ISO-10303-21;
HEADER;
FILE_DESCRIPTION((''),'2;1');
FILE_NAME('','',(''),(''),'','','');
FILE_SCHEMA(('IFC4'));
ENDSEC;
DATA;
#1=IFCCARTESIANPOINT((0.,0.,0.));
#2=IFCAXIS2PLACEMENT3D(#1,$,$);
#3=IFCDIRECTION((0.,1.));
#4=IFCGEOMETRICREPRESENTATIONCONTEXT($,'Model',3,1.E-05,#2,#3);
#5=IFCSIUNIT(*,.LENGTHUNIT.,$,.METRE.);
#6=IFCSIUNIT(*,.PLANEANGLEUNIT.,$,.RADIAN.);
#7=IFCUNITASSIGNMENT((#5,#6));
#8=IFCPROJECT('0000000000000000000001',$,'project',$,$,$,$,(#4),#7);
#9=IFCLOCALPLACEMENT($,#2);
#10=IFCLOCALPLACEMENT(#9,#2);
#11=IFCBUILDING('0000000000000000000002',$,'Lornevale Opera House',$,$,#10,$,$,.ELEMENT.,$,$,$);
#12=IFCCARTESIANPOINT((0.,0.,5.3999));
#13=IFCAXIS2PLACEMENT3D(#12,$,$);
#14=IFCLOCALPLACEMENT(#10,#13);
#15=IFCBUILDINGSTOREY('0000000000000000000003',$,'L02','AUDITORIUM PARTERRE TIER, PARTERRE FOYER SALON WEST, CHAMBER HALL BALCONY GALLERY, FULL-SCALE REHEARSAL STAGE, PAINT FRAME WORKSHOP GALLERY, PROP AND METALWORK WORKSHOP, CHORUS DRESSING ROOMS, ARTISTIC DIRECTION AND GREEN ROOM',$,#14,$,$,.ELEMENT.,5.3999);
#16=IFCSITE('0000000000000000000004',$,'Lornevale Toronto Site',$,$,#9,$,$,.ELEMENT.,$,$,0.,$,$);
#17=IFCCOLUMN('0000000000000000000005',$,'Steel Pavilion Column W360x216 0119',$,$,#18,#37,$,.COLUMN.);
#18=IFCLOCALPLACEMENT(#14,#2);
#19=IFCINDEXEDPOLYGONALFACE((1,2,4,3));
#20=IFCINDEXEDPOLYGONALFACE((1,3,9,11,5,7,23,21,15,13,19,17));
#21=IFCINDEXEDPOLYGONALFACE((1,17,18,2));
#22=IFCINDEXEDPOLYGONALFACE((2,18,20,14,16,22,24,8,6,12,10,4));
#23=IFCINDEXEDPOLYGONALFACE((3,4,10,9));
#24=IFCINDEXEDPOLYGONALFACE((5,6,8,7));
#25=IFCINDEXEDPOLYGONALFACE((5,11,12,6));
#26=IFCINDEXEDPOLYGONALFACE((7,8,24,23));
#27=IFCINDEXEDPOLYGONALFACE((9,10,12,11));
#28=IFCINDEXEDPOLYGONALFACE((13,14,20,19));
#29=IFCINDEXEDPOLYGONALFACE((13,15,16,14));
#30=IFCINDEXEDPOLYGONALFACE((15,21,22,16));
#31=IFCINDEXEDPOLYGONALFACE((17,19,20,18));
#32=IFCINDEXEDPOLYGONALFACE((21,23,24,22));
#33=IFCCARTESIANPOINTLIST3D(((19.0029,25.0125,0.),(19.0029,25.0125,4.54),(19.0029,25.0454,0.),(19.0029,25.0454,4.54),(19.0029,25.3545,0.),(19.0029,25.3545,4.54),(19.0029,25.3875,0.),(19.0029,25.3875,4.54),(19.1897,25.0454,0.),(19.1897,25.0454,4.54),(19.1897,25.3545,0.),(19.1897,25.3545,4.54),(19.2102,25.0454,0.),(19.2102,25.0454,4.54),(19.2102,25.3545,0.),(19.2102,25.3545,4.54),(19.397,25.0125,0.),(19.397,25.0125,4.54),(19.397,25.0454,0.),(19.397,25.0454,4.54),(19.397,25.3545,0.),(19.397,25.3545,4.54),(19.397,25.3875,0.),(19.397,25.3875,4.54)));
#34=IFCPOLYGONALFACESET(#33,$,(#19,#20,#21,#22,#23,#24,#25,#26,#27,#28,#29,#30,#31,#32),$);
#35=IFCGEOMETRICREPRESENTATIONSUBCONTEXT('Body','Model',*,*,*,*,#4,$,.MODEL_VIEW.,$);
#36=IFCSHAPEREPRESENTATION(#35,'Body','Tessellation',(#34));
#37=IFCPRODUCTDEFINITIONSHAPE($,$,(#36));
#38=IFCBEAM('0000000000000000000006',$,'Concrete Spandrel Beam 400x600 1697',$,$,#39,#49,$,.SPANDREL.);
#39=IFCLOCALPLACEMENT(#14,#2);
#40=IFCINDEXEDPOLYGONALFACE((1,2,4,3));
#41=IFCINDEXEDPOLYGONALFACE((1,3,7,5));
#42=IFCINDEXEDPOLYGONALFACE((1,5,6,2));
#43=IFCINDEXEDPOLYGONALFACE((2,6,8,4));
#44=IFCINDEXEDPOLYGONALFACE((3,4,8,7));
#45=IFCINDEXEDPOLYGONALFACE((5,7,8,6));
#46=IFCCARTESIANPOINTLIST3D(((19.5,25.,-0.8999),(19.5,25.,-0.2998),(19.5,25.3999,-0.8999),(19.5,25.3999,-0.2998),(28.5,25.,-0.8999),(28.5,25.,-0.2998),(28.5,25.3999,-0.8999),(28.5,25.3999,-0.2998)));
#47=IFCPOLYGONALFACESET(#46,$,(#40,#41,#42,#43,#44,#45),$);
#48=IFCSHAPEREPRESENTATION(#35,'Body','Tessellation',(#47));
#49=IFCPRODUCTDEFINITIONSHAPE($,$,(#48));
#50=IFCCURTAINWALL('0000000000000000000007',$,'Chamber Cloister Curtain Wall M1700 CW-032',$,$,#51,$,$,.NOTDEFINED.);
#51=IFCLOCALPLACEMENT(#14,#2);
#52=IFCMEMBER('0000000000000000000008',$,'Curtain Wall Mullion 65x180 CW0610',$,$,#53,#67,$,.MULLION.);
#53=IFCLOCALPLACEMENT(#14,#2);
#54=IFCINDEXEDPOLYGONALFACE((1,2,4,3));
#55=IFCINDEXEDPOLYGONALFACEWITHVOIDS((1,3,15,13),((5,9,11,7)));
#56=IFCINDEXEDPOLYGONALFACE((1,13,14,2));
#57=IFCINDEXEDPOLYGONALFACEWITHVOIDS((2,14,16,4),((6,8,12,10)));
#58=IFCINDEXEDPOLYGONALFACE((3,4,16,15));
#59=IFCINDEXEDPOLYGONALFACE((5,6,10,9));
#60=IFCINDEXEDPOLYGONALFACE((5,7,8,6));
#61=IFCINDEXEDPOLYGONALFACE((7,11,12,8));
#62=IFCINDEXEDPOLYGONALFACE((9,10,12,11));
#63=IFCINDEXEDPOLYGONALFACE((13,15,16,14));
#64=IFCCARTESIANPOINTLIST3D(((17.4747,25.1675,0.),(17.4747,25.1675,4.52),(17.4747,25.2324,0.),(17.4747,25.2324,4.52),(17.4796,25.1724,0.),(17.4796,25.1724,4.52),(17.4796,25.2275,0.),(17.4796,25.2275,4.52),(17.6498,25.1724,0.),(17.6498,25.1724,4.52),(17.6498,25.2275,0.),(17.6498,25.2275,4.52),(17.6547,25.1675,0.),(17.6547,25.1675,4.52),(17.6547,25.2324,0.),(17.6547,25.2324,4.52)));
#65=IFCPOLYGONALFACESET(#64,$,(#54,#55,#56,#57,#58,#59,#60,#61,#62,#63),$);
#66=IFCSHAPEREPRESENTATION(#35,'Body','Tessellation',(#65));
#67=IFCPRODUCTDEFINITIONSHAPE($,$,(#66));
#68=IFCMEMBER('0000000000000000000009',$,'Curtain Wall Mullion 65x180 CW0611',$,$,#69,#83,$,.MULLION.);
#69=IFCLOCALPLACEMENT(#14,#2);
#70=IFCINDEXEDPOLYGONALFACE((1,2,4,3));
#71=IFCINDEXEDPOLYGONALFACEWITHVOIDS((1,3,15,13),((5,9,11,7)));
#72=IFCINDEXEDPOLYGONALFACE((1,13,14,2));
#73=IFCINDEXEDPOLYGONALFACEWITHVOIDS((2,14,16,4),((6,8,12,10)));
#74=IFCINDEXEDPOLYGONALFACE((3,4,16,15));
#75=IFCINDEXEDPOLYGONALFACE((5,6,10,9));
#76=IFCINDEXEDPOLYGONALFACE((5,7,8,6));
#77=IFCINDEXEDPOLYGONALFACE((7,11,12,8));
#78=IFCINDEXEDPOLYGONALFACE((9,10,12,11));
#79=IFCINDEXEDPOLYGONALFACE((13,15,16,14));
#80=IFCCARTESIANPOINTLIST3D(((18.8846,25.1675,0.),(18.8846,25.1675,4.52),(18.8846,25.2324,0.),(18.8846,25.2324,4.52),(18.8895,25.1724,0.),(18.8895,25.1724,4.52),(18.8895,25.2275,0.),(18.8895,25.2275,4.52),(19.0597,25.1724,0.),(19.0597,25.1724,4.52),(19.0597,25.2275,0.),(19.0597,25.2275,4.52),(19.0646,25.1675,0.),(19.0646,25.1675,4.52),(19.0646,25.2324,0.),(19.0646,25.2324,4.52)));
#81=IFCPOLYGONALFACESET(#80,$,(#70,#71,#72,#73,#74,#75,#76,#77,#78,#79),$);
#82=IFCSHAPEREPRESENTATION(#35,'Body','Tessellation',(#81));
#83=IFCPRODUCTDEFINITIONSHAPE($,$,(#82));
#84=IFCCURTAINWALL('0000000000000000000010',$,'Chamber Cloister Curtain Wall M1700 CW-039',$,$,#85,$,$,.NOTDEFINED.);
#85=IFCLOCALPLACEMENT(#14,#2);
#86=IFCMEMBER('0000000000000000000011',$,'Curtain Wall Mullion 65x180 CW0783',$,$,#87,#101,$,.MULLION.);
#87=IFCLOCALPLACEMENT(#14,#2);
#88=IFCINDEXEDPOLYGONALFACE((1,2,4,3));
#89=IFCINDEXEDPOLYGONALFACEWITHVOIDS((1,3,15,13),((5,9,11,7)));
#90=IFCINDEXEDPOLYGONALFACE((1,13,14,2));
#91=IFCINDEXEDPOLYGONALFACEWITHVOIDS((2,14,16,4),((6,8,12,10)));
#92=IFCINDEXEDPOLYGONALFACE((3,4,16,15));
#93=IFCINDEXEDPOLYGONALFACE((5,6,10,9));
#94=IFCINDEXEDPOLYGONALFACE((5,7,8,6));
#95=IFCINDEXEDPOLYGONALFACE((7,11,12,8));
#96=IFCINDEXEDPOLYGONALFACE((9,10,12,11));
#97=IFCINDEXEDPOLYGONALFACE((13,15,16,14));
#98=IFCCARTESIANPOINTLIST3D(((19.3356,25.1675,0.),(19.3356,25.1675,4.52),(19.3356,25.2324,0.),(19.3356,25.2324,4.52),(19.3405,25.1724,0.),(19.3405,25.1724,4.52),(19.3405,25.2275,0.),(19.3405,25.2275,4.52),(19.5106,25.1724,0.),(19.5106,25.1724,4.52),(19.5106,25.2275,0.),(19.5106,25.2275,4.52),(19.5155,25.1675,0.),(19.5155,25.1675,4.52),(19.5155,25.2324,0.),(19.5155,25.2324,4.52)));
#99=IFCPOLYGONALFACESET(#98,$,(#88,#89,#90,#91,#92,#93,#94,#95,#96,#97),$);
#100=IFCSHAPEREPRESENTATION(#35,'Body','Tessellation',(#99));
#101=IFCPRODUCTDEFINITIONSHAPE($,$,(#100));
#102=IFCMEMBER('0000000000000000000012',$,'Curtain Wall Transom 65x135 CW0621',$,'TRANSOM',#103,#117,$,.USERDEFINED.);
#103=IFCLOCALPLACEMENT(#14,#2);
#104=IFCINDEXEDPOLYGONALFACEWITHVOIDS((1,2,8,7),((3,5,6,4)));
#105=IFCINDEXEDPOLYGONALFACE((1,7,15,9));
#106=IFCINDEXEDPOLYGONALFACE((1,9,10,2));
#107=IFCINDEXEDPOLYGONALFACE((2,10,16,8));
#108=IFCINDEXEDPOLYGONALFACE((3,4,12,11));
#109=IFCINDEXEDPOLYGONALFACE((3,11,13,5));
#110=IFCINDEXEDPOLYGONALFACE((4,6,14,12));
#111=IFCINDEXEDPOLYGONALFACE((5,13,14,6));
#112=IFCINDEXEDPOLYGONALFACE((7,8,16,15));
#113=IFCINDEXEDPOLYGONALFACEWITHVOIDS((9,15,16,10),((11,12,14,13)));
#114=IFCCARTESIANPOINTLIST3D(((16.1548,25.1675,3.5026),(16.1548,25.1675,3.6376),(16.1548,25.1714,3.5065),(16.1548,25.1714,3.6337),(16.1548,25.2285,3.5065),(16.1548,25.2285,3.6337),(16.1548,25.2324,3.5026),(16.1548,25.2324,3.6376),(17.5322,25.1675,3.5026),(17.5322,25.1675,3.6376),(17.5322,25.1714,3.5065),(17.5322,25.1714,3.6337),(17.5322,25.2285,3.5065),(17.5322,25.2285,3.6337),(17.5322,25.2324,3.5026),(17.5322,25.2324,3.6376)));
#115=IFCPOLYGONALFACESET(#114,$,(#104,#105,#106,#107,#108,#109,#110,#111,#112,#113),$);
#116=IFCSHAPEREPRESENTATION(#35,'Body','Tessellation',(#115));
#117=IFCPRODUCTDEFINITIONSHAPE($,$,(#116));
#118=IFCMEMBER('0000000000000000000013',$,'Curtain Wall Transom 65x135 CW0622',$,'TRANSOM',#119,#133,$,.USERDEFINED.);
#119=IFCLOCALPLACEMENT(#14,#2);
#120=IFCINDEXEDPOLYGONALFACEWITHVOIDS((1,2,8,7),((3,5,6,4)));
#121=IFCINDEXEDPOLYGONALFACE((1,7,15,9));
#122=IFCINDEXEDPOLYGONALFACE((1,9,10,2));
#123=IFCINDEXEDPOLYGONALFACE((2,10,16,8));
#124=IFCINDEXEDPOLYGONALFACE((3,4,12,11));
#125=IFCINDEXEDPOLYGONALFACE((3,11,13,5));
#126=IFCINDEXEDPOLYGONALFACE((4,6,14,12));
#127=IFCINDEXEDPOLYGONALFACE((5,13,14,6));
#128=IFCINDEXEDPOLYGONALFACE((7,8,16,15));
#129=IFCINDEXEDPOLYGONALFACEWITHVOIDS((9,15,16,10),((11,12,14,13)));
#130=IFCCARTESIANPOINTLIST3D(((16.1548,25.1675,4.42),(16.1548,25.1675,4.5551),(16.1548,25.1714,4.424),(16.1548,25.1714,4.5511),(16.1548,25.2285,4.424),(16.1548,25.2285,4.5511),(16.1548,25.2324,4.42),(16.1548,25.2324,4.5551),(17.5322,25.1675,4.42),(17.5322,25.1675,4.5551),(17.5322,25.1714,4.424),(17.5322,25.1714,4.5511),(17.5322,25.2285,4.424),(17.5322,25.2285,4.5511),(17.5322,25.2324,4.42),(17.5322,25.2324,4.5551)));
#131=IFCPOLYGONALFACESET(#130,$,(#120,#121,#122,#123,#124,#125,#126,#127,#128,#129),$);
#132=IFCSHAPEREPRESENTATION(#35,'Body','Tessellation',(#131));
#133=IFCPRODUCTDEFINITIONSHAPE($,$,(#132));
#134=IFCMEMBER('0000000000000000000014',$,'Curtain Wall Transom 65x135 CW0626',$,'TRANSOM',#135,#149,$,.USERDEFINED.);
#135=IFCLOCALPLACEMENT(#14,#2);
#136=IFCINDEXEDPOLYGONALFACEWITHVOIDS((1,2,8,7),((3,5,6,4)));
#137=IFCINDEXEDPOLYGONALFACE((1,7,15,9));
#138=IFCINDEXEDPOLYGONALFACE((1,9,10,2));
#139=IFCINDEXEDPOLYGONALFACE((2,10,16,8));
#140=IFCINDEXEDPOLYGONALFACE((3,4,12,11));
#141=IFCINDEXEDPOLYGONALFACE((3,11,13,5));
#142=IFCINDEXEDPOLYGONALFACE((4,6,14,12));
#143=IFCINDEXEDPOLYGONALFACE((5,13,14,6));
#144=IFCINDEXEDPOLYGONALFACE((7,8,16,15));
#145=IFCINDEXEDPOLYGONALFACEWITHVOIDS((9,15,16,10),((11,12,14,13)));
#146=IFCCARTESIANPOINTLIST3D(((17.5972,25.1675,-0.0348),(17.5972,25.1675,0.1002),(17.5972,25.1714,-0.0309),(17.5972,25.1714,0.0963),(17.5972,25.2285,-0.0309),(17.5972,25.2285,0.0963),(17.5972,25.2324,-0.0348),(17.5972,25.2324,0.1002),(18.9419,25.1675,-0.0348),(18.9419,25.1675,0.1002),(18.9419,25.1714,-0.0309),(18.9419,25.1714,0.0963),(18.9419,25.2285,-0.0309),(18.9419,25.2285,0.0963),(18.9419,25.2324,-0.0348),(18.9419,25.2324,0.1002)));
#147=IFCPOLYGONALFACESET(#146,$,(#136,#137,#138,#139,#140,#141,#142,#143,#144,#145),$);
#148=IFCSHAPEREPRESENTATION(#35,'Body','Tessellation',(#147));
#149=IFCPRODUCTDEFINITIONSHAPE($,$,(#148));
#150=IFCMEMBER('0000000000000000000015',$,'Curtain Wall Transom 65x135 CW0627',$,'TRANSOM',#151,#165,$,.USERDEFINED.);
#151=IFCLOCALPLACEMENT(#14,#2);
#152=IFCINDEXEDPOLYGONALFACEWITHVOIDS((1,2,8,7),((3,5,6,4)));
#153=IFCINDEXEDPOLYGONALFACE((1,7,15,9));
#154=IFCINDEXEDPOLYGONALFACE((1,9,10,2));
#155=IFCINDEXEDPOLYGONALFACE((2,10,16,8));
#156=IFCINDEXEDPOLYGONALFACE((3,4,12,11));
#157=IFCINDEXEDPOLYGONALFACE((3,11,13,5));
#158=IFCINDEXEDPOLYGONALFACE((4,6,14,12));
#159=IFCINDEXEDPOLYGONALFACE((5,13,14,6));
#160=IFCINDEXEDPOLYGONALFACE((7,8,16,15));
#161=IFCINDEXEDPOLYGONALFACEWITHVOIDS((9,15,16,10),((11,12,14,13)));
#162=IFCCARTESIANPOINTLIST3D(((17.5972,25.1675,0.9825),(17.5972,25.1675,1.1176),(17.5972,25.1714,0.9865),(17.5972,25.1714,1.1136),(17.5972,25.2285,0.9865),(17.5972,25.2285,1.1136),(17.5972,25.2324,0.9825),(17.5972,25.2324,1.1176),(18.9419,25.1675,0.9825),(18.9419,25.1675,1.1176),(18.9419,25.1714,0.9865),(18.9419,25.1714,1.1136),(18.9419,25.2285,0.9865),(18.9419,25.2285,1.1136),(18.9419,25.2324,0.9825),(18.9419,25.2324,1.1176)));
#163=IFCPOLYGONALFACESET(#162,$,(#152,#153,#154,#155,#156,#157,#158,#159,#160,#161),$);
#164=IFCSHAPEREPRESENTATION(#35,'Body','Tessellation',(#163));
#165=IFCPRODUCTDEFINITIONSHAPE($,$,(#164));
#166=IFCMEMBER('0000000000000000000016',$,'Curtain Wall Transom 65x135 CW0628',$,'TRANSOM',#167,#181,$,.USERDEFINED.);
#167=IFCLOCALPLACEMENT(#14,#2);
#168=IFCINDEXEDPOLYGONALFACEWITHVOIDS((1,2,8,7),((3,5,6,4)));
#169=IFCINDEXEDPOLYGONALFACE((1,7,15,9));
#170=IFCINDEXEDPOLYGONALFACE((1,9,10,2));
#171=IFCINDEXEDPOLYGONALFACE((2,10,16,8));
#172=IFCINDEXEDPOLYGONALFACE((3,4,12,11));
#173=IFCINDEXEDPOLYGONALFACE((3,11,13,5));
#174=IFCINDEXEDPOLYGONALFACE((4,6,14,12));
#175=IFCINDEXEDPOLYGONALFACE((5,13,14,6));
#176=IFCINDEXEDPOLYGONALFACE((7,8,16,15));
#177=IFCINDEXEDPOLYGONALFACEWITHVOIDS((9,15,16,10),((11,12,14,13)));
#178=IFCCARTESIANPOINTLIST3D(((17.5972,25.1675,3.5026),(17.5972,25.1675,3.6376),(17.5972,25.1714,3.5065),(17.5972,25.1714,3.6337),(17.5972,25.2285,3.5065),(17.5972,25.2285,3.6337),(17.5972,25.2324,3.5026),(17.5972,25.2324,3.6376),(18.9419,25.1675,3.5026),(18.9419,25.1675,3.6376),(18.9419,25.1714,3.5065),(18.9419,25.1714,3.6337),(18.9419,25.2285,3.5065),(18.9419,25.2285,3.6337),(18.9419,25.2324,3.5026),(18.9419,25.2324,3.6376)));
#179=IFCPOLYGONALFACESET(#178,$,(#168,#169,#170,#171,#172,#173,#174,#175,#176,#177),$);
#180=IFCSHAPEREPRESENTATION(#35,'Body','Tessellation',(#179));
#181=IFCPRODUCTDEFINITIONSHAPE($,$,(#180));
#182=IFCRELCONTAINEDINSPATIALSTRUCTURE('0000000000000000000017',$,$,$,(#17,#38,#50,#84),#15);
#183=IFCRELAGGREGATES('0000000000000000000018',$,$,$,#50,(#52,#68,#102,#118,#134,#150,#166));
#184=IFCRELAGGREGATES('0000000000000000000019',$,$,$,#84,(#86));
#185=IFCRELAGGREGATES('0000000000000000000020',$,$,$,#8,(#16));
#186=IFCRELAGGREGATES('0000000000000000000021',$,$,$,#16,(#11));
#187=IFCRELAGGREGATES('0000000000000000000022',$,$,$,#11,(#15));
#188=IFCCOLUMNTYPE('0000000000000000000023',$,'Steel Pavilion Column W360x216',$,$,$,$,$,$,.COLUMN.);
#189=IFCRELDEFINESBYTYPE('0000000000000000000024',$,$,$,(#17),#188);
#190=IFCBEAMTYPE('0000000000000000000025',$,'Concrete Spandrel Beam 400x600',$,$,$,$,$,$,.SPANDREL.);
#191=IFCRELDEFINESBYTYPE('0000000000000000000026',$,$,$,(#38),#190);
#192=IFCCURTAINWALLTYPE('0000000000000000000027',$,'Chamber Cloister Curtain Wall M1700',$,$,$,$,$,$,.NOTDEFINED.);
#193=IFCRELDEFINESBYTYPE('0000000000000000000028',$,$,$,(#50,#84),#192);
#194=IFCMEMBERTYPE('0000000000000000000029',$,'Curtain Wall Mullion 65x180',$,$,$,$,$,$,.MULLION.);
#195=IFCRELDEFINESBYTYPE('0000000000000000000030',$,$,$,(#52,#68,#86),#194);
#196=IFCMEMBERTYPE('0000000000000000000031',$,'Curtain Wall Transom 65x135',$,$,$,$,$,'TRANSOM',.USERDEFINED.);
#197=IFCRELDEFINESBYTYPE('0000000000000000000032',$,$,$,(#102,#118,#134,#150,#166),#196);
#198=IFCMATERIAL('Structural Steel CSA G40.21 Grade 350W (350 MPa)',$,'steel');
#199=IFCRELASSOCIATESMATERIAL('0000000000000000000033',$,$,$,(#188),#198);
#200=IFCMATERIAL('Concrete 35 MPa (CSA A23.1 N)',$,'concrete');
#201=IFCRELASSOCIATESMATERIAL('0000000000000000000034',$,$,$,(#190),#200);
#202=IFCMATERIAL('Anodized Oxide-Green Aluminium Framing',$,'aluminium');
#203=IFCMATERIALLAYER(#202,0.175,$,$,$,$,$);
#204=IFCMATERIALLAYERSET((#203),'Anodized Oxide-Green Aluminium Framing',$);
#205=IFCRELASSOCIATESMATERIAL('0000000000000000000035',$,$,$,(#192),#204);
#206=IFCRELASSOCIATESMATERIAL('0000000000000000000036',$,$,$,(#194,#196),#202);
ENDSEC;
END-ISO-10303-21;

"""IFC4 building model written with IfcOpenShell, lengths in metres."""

from ifc_helpers import new_model, si_unit, direction, frame, origin, origin_2d, place, context, subcontext, project, spatial, rectangle, hollow_rectangle, i_section, extrude, material, layer, layer_set, material_profile, profile_set, type_object, element, aggregate, save


model = new_model("IFC4")

# Units and contexts
model_context = context("Model", 3, precision=1e-05, world=origin(), true_north=direction((0.0, 1.0)))
body_context = subcontext(model_context, "Body", "Model", "MODEL_VIEW")
ifc_project = project(units=[si_unit("LENGTHUNIT", "METRE"), si_unit("PLANEANGLEUNIT", "RADIAN")], contexts=[model_context])

# Site, building, storey
site_placement = place(None, origin())
site = spatial("IfcSite", under=ifc_project, at=site_placement, Name="Lornevale Toronto Site", CompositionType="ELEMENT", RefElevation=0.0)
building_placement = place(site_placement, origin())
building = spatial("IfcBuilding", under=site, at=building_placement, Name="Lornevale Opera House", CompositionType="ELEMENT")
storey_placement = place(building_placement, frame((0.0, 0.0, 5.3999)))
storey = spatial("IfcBuildingStorey", under=building, at=storey_placement, Name="L02", Description="AUDITORIUM PARTERRE TIER, PARTERRE FOYER SALON WEST, CHAMBER HALL BALCONY GALLERY, FULL-SCALE REHEARSAL STAGE, PAINT FRAME WORKSHOP GALLERY, PROP AND METALWORK WORKSHOP, CHORUS DRESSING ROOMS, ARTISTIC DIRECTION AND GREEN ROOM", CompositionType="ELEMENT", Elevation=5.3999)

# Column
ifc_material_1 = material(Name="Structural Steel CSA G40.21 Grade 350W (350 MPa)", Category="steel")
ifc_material_profile_1 = material_profile(ifc_material_1, i_section(OverallWidth=0.394, OverallDepth=0.375, WebThickness=0.0205, FlangeThickness=0.033, at=origin_2d()), Name="W360x216")
ifc_profile_set_1 = profile_set([ifc_material_profile_1], Name="Structural Steel CSA G40.21 Grade 350W (350 MPa)")
column_type = type_object("IfcColumnType", Name="Steel Pavilion Column W360x216", PredefinedType="COLUMN", material=ifc_profile_set_1)
column_placement = place(storey_placement, frame((19.2, 25.2, 0.0), z_axis=(0.0, 0.0, 1.0), x_axis=(1.0, 0.0, 0.0)))
element("IfcColumn", 1, at=column_placement, inside=storey, type_object=column_type, Name="Steel Pavilion Column W360x216 0119", PredefinedType="COLUMN", context=body_context, shape_type="SweptSolid", body=[
    extrude(i_section(OverallWidth=0.394, OverallDepth=0.375, WebThickness=0.0205, FlangeThickness=0.033, at=origin_2d()), origin(), (0.0, 0.0, 1.0), 4.54),
])

# Beam
ifc_material_2 = material(Name="Concrete 35 MPa (CSA A23.1 N)", Category="concrete")
ifc_material_profile_2 = material_profile(ifc_material_2, rectangle(XDim=0.3999, YDim=0.6001, at=origin_2d()), Name="RC400x600")
ifc_profile_set_2 = profile_set([ifc_material_profile_2], Name="Concrete 35 MPa (CSA A23.1 N)")
beam_type = type_object("IfcBeamType", Name="Concrete Spandrel Beam 400x600", PredefinedType="SPANDREL", material=ifc_profile_set_2)
beam_placement = place(storey_placement, frame((19.5, 25.2, -0.5999), z_axis=(1.0, 0.0, 0.0), x_axis=(0.0, 1.0, 0.0)))
element("IfcBeam", 2, at=beam_placement, inside=storey, type_object=beam_type, Name="Concrete Spandrel Beam 400x600 1697", PredefinedType="SPANDREL", context=body_context, shape_type="SweptSolid", body=[
    extrude(rectangle(XDim=0.3999, YDim=0.6001, at=origin_2d()), origin(), (0.0, 0.0, 1.0), 9.0),
])

# Curtain wall, members
ifc_material_3 = material(Name="Anodized Oxide-Green Aluminium Framing", Category="aluminium")
ifc_layer_1 = layer(ifc_material_3, 0.175)
ifc_layer_set_1 = layer_set([ifc_layer_1], Name="Anodized Oxide-Green Aluminium Framing")
curtain_wall_type = type_object("IfcCurtainWallType", Name="Chamber Cloister Curtain Wall M1700", PredefinedType="NOTDEFINED", material=ifc_layer_set_1)
curtain_wall_1_placement = place(storey_placement, origin())
curtain_wall_1 = element("IfcCurtainWall", 3, at=curtain_wall_1_placement, inside=storey, type_object=curtain_wall_type, Name="Chamber Cloister Curtain Wall M1700 CW-032", PredefinedType="NOTDEFINED")
ifc_material_profile_3 = material_profile(ifc_material_3, hollow_rectangle(XDim=0.0649, YDim=0.1799, WallThickness=0.0049, at=origin_2d()), Name="ALU65x180x5")
ifc_profile_set_3 = profile_set([ifc_material_profile_3], Name="Anodized Oxide-Green Aluminium Framing")
member_type_1 = type_object("IfcMemberType", Name="Curtain Wall Mullion 65x180", PredefinedType="MULLION", material=ifc_profile_set_3)
member_1_placement = place(storey_placement, frame((17.5647, 25.2, 0.0), z_axis=(0.0, 0.0, 1.0), x_axis=(0.0, 1.0, 0.0)))
member_1 = element("IfcMember", 4, at=member_1_placement, type_object=member_type_1, Name="Curtain Wall Mullion 65x180 CW0610", PredefinedType="MULLION", context=body_context, shape_type="SweptSolid", body=[
    extrude(hollow_rectangle(XDim=0.0649, YDim=0.1799, WallThickness=0.0049, at=origin_2d()), origin(), (0.0, 0.0, 1.0), 4.52),
])
member_2_placement = place(storey_placement, frame((18.9746, 25.2, 0.0), z_axis=(0.0, 0.0, 1.0), x_axis=(0.0, 1.0, 0.0)))
member_2 = element("IfcMember", 5, at=member_2_placement, type_object=member_type_1, Name="Curtain Wall Mullion 65x180 CW0611", PredefinedType="MULLION", context=body_context, shape_type="SweptSolid", body=[
    extrude(hollow_rectangle(XDim=0.0649, YDim=0.1799, WallThickness=0.0049, at=origin_2d()), origin(), (0.0, 0.0, 1.0), 4.52),
])

# Curtain wall, member
curtain_wall_2_placement = place(storey_placement, origin())
curtain_wall_2 = element("IfcCurtainWall", 6, at=curtain_wall_2_placement, inside=storey, type_object=curtain_wall_type, Name="Chamber Cloister Curtain Wall M1700 CW-039", PredefinedType="NOTDEFINED")
member_3_placement = place(storey_placement, frame((19.4255, 25.2, 0.0), z_axis=(0.0, 0.0, 1.0), x_axis=(0.0, 1.0, 0.0)))
member_3 = element("IfcMember", 7, at=member_3_placement, type_object=member_type_1, Name="Curtain Wall Mullion 65x180 CW0783", PredefinedType="MULLION", context=body_context, shape_type="SweptSolid", body=[
    extrude(hollow_rectangle(XDim=0.0649, YDim=0.1799, WallThickness=0.0049, at=origin_2d()), origin(), (0.0, 0.0, 1.0), 4.52),
])

# Members
ifc_material_profile_4 = material_profile(ifc_material_3, hollow_rectangle(XDim=0.0649, YDim=0.135, WallThickness=0.0039, at=origin_2d()), Name="ALU65x135x4")
ifc_profile_set_4 = profile_set([ifc_material_profile_4], Name="Anodized Oxide-Green Aluminium Framing")
member_type_2 = type_object("IfcMemberType", Name="Curtain Wall Transom 65x135", ElementType="TRANSOM", PredefinedType="USERDEFINED", material=ifc_profile_set_4)
member_4_placement = place(storey_placement, frame((16.1548, 25.2, 3.5701), z_axis=(1.0, 0.0, 0.0), x_axis=(0.0, 1.0, 0.0)))
member_4 = element("IfcMember", 8, at=member_4_placement, type_object=member_type_2, Name="Curtain Wall Transom 65x135 CW0621", ObjectType="TRANSOM", PredefinedType="USERDEFINED", context=body_context, shape_type="SweptSolid", body=[
    extrude(hollow_rectangle(XDim=0.0649, YDim=0.135, WallThickness=0.0039, at=origin_2d()), origin(), (0.0, 0.0, 1.0), 1.3774),
])
member_5_placement = place(storey_placement, frame((16.1548, 25.2, 4.4875), z_axis=(1.0, 0.0, 0.0), x_axis=(0.0, 1.0, 0.0)))
member_5 = element("IfcMember", 9, at=member_5_placement, type_object=member_type_2, Name="Curtain Wall Transom 65x135 CW0622", ObjectType="TRANSOM", PredefinedType="USERDEFINED", context=body_context, shape_type="SweptSolid", body=[
    extrude(hollow_rectangle(XDim=0.0649, YDim=0.135, WallThickness=0.0039, at=origin_2d()), origin(), (0.0, 0.0, 1.0), 1.3774),
])
member_6_placement = place(storey_placement, frame((17.5972, 25.2, 0.0327), z_axis=(1.0, 0.0, 0.0), x_axis=(0.0, 1.0, 0.0)))
member_6 = element("IfcMember", 10, at=member_6_placement, type_object=member_type_2, Name="Curtain Wall Transom 65x135 CW0626", ObjectType="TRANSOM", PredefinedType="USERDEFINED", context=body_context, shape_type="SweptSolid", body=[
    extrude(hollow_rectangle(XDim=0.0649, YDim=0.135, WallThickness=0.0039, at=origin_2d()), origin(), (0.0, 0.0, 1.0), 1.3447),
])
member_7_placement = place(storey_placement, frame((17.5972, 25.2, 1.05), z_axis=(1.0, 0.0, 0.0), x_axis=(0.0, 1.0, 0.0)))
member_7 = element("IfcMember", 11, at=member_7_placement, type_object=member_type_2, Name="Curtain Wall Transom 65x135 CW0627", ObjectType="TRANSOM", PredefinedType="USERDEFINED", context=body_context, shape_type="SweptSolid", body=[
    extrude(hollow_rectangle(XDim=0.0649, YDim=0.135, WallThickness=0.0039, at=origin_2d()), origin(), (0.0, 0.0, 1.0), 1.3447),
])
member_8_placement = place(storey_placement, frame((17.5972, 25.2, 3.5701), z_axis=(1.0, 0.0, 0.0), x_axis=(0.0, 1.0, 0.0)))
member_8 = element("IfcMember", 12, at=member_8_placement, type_object=member_type_2, Name="Curtain Wall Transom 65x135 CW0628", ObjectType="TRANSOM", PredefinedType="USERDEFINED", context=body_context, shape_type="SweptSolid", body=[
    extrude(hollow_rectangle(XDim=0.0649, YDim=0.135, WallThickness=0.0039, at=origin_2d()), origin(), (0.0, 0.0, 1.0), 1.3447),
])

aggregate(curtain_wall_1, [member_1, member_2, member_4, member_5, member_6, member_7, member_8])
aggregate(curtain_wall_2, [member_3])

save(model, "model.ifc")
